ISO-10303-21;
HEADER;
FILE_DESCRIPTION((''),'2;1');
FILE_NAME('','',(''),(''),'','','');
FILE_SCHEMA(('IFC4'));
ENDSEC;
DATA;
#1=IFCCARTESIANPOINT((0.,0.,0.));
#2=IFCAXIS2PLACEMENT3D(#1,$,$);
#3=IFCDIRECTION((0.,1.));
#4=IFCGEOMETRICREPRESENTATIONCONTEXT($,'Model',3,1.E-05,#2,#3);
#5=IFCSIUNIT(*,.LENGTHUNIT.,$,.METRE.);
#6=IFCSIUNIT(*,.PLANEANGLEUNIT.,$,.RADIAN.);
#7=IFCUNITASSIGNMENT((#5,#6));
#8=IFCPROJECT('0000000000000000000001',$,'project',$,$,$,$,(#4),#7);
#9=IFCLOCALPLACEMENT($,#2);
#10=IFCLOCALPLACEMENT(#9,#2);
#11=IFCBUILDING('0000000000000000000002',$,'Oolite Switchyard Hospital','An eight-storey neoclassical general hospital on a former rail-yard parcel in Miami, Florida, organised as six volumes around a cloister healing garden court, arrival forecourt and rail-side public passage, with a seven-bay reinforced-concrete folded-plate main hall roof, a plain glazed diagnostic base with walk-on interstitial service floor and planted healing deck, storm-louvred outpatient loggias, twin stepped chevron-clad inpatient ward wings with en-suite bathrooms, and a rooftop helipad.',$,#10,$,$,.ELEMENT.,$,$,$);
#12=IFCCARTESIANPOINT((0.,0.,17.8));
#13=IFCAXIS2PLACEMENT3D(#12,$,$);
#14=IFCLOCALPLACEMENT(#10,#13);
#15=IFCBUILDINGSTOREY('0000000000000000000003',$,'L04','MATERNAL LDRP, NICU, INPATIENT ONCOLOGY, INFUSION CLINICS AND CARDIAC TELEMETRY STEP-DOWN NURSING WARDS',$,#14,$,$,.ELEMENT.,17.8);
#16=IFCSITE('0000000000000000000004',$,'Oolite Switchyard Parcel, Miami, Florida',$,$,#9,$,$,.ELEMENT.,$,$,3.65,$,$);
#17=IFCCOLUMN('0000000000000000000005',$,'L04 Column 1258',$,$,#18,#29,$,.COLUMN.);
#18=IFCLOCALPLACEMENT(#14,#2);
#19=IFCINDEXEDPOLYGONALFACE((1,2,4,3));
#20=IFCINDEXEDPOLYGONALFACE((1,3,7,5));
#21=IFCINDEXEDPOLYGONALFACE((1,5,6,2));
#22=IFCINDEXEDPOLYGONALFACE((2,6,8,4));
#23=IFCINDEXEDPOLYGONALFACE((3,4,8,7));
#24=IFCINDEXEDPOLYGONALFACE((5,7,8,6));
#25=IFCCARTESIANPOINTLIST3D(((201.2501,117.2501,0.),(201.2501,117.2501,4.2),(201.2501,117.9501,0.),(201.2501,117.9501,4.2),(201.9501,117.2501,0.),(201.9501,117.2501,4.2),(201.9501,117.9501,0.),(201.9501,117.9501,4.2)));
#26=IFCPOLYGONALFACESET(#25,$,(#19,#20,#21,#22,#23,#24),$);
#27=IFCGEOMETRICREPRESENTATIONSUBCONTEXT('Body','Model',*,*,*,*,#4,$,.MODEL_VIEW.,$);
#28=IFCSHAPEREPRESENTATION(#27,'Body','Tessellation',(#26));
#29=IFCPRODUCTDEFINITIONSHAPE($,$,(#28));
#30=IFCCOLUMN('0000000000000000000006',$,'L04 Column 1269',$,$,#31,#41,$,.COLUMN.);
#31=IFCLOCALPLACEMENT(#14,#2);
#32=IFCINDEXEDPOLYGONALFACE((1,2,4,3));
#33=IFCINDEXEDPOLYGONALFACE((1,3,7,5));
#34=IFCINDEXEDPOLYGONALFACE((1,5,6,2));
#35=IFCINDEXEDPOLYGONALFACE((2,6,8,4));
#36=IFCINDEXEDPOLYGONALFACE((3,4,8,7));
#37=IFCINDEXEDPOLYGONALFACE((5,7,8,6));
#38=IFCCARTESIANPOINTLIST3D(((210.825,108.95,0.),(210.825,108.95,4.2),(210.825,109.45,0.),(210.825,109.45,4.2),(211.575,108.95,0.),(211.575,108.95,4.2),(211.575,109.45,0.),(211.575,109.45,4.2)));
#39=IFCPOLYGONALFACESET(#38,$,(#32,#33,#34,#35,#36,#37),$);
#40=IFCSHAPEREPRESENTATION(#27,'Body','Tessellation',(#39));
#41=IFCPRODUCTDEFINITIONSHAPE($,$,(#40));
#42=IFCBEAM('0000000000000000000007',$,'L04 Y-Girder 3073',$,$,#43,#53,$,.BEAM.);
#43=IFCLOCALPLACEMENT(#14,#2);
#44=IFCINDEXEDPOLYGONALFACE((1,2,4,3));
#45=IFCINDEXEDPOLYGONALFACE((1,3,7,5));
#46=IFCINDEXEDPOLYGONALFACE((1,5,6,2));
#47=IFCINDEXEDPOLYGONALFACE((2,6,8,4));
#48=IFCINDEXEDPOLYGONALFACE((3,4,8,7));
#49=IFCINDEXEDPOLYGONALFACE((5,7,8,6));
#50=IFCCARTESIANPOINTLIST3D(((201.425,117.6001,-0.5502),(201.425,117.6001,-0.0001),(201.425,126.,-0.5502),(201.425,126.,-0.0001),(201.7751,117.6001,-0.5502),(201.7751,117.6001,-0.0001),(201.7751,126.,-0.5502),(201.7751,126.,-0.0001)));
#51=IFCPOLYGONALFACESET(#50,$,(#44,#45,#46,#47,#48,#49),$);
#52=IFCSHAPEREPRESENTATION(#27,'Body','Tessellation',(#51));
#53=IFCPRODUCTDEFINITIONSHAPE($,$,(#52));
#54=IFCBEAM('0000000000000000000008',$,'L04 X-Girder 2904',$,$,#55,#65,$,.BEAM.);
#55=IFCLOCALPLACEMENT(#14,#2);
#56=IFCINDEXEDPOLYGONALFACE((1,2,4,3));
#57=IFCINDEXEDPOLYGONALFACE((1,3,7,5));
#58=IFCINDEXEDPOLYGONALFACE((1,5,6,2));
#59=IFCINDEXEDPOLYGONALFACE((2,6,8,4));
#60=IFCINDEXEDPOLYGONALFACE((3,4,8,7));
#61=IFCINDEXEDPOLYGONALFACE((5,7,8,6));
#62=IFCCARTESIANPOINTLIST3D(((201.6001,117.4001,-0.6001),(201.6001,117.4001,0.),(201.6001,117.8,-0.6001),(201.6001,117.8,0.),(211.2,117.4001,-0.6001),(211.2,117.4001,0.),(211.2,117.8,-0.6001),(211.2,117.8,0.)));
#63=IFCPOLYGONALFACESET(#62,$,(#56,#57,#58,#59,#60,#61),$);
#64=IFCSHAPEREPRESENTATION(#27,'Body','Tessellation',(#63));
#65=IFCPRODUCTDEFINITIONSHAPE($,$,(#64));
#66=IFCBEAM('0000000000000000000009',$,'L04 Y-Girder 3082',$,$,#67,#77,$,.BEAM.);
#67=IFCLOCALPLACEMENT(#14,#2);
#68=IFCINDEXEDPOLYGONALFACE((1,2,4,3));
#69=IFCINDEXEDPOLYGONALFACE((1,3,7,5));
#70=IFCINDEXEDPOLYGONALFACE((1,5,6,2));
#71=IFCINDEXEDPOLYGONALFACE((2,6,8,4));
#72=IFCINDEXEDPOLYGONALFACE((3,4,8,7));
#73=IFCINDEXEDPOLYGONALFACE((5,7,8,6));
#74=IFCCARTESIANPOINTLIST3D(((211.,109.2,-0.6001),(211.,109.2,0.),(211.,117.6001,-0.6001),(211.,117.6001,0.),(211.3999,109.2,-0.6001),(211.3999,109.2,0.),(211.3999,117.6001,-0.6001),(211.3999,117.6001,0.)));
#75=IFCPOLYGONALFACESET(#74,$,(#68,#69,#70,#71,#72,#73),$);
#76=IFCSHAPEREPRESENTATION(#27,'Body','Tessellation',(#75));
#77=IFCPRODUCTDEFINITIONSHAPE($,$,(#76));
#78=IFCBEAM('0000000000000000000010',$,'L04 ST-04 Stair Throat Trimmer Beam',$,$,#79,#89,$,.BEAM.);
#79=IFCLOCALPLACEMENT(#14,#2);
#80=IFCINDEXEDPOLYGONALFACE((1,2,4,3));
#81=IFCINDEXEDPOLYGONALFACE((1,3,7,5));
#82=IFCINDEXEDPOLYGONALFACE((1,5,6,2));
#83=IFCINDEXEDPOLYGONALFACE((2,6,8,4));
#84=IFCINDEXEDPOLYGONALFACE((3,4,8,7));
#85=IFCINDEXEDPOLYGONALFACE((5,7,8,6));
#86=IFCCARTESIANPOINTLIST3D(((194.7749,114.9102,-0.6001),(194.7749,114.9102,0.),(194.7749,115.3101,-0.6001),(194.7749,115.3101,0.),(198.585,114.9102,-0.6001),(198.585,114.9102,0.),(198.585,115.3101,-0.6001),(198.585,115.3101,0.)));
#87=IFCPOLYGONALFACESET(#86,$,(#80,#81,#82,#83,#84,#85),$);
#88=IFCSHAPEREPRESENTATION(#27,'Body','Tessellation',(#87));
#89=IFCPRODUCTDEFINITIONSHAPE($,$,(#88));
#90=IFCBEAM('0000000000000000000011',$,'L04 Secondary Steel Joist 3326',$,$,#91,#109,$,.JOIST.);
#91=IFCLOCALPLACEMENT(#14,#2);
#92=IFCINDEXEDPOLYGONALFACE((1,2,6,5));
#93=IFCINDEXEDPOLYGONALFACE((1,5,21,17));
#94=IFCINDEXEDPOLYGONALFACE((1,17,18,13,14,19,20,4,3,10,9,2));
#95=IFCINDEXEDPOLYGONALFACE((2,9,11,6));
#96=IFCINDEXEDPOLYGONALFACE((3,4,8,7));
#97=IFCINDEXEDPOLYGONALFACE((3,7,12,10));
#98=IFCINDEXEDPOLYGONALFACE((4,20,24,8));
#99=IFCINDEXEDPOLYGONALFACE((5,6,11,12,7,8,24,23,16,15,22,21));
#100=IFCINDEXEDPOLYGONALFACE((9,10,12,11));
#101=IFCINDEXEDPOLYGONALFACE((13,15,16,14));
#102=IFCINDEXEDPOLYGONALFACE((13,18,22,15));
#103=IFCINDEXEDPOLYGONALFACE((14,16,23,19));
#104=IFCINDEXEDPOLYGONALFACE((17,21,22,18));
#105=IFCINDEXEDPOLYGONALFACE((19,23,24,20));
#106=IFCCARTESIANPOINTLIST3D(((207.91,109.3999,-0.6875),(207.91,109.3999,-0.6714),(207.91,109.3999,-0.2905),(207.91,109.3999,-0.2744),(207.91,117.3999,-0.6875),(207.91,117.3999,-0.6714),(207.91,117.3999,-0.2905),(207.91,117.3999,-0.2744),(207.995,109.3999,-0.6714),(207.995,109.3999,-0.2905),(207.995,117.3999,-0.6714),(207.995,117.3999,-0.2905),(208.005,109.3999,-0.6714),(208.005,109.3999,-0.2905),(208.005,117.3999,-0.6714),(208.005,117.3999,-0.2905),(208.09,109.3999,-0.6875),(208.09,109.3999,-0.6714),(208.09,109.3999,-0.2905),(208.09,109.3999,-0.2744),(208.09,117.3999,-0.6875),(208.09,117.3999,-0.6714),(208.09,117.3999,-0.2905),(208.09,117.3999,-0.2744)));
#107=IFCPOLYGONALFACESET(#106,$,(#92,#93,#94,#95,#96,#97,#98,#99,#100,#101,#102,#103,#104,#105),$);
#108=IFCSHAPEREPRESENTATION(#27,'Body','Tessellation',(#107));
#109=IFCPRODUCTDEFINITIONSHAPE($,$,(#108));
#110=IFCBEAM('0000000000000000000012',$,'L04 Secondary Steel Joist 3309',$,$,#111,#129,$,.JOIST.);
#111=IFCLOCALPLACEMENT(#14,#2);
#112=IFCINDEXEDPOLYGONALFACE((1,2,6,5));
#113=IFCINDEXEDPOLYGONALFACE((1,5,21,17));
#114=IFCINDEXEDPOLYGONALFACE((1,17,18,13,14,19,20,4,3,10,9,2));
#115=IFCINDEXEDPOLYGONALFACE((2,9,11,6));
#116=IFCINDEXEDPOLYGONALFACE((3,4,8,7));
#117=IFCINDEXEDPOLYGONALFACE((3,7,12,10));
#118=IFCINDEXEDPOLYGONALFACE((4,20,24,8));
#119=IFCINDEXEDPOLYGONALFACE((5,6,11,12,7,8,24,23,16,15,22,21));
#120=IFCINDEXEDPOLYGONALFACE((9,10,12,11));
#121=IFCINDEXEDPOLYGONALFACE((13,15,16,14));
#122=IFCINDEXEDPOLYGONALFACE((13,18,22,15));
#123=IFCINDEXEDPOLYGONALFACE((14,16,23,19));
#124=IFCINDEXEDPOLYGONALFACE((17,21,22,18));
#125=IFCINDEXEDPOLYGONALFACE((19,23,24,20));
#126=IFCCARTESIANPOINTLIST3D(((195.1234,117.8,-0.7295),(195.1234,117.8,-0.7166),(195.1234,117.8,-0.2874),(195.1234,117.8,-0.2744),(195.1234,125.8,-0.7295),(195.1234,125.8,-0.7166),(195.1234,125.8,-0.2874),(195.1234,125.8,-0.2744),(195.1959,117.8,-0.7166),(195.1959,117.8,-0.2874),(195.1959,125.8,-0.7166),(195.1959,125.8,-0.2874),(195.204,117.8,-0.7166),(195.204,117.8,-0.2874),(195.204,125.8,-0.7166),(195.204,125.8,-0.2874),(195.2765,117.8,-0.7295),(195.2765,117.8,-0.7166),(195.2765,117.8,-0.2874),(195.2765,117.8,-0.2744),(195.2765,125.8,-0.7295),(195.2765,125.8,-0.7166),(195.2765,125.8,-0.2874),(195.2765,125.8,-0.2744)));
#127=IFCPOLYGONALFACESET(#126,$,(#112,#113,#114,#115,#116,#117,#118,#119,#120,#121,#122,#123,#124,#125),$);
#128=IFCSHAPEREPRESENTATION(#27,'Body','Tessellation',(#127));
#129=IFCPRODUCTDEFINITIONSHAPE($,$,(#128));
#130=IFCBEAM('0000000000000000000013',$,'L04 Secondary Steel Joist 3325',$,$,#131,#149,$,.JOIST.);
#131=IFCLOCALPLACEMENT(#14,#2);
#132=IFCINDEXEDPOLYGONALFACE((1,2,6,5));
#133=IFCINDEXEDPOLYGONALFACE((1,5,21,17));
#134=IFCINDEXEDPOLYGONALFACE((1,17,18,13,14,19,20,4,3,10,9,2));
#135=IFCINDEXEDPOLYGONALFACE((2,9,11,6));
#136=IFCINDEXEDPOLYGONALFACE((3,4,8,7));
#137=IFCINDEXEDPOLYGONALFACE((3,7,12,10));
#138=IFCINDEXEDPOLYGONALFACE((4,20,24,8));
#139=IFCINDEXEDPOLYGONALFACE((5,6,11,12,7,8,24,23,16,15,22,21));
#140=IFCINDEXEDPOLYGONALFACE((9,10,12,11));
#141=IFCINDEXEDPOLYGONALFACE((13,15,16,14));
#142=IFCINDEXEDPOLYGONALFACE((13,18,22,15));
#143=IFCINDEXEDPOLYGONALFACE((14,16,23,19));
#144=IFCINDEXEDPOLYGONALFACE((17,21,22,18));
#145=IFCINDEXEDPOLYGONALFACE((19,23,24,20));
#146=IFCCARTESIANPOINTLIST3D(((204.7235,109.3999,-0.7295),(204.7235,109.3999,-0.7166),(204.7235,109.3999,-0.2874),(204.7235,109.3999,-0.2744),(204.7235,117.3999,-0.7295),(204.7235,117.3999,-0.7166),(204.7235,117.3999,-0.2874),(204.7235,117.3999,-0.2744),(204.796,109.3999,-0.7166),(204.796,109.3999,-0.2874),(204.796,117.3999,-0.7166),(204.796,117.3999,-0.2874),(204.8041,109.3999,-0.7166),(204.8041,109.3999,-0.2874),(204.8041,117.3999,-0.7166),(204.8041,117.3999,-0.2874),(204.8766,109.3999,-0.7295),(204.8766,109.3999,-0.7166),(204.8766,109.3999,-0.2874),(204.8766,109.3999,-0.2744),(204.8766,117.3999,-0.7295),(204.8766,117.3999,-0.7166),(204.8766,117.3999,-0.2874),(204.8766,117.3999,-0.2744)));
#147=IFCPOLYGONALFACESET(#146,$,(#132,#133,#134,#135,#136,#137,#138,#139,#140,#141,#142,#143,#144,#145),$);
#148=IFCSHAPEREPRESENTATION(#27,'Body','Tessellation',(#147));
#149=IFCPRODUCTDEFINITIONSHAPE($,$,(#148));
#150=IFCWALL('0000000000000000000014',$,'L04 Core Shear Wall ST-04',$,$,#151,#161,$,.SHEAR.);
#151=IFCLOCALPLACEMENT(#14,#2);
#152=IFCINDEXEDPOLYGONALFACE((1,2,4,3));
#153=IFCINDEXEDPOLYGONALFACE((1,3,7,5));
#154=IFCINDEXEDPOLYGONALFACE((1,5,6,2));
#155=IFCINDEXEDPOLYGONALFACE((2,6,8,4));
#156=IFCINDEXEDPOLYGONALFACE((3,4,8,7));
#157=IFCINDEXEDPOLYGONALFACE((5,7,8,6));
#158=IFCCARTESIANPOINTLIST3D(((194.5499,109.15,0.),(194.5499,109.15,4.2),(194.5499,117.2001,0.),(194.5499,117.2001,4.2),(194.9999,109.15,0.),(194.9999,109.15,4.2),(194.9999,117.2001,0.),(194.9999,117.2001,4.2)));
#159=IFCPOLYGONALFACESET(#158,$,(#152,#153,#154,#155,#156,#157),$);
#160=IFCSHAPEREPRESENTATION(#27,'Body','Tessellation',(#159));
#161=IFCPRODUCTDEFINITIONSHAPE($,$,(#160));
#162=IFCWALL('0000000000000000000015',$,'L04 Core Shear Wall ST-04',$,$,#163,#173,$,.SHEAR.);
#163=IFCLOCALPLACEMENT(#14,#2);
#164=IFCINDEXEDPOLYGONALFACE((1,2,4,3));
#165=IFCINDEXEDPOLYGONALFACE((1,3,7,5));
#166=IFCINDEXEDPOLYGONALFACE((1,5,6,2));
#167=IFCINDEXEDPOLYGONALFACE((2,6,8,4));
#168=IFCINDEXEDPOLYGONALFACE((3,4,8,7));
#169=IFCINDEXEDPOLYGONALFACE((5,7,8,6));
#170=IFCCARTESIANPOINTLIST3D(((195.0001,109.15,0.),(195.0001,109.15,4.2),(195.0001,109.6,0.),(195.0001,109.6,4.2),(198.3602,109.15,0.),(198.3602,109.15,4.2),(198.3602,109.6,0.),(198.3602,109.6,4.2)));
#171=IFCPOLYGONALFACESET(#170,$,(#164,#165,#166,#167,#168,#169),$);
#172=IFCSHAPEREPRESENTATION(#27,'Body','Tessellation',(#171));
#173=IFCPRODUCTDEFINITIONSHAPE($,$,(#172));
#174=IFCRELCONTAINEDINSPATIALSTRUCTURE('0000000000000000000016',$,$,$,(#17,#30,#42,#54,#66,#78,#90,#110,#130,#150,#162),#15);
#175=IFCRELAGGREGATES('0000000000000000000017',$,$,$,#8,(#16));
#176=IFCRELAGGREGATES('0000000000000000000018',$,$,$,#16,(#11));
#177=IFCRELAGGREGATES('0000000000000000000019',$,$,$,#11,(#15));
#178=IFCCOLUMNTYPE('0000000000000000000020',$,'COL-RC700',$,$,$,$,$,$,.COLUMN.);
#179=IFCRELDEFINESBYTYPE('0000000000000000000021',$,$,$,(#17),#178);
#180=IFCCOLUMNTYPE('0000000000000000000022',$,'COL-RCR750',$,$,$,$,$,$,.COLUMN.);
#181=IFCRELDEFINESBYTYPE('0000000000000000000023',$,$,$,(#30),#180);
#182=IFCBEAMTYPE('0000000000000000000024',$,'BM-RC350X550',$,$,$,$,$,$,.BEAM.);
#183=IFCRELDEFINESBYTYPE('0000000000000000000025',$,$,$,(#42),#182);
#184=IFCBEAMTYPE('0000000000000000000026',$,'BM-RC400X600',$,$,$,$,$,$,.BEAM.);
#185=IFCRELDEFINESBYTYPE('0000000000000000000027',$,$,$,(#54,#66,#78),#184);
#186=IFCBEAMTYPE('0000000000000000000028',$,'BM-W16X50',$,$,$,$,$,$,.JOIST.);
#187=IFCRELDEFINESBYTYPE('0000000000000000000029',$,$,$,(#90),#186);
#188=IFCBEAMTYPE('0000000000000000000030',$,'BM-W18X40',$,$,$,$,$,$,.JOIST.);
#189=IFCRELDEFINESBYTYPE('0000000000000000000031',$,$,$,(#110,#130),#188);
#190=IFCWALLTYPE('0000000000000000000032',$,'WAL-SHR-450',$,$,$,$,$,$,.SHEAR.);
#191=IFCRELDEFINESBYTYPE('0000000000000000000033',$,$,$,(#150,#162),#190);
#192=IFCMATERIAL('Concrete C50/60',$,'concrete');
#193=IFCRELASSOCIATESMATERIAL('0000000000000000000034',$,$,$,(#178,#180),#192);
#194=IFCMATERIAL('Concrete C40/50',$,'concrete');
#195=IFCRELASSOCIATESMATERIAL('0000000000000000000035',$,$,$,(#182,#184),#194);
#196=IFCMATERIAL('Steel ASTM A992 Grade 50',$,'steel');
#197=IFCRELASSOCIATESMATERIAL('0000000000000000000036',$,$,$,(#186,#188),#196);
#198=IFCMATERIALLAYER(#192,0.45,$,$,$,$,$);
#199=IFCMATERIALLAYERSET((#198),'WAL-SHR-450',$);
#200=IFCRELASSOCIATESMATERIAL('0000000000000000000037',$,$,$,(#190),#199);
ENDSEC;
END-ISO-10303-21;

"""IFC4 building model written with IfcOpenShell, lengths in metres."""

from ifc_helpers import new_model, si_unit, direction, frame, frame_2d, origin, origin_2d, place, context, subcontext, project, spatial, rectangle, i_section, extrude, material, layer, layer_set, material_profile, profile_set, type_object, element, save


model = new_model("IFC4")

# Units and contexts
model_context = context("Model", 3, precision=1e-05, world=origin(), true_north=direction((0.0, 1.0)))
body_context = subcontext(model_context, "Body", "Model", "MODEL_VIEW")
ifc_project = project(units=[si_unit("LENGTHUNIT", "METRE"), si_unit("PLANEANGLEUNIT", "RADIAN")], contexts=[model_context])

# Site, building, storey
site_placement = place(None, origin())
site = spatial("IfcSite", under=ifc_project, at=site_placement, Name="Oolite Switchyard Parcel, Miami, Florida", CompositionType="ELEMENT", RefElevation=3.65)
building_placement = place(site_placement, origin())
building = spatial("IfcBuilding", under=site, at=building_placement, Name="Oolite Switchyard Hospital", Description="An eight-storey neoclassical general hospital on a former rail-yard parcel in Miami, Florida, organised as six volumes around a cloister healing garden court, arrival forecourt and rail-side public passage, with a seven-bay reinforced-concrete folded-plate main hall roof, a plain glazed diagnostic base with walk-on interstitial service floor and planted healing deck, storm-louvred outpatient loggias, twin stepped chevron-clad inpatient ward wings with en-suite bathrooms, and a rooftop helipad.", CompositionType="ELEMENT")
storey_placement = place(building_placement, frame((0.0, 0.0, 17.8)))
storey = spatial("IfcBuildingStorey", under=building, at=storey_placement, Name="L04", Description="MATERNAL LDRP, NICU, INPATIENT ONCOLOGY, INFUSION CLINICS AND CARDIAC TELEMETRY STEP-DOWN NURSING WARDS", CompositionType="ELEMENT", Elevation=17.8)

# Columns
ifc_material_1 = material(Name="Concrete C50/60", Category="concrete")
ifc_material_profile_1 = material_profile(ifc_material_1, rectangle(XDim=0.7, YDim=0.7, at=origin_2d()), Name="RC700X700")
ifc_profile_set_1 = profile_set([ifc_material_profile_1], Name="Concrete C50/60")
column_type_1 = type_object("IfcColumnType", Name="COL-RC700", PredefinedType="COLUMN", material=ifc_profile_set_1)
column_1_placement = place(storey_placement, frame((201.6001, 117.6001, 0.0), z_axis=(0.0, 0.0, 1.0), x_axis=(1.0, 0.0, 0.0)))
element("IfcColumn", 1, at=column_1_placement, inside=storey, type_object=column_type_1, Name="L04 Column 1258", PredefinedType="COLUMN", context=body_context, shape_type="SweptSolid", body=[
    extrude(rectangle(XDim=0.7, YDim=0.7, at=origin_2d()), origin(), (0.0, 0.0, 1.0), 4.2),
])
ifc_material_profile_2 = material_profile(ifc_material_1, rectangle(XDim=0.75, YDim=0.5, at=origin_2d()), Name="RC750X500")
ifc_profile_set_2 = profile_set([ifc_material_profile_2], Name="Concrete C50/60")
column_type_2 = type_object("IfcColumnType", Name="COL-RCR750", PredefinedType="COLUMN", material=ifc_profile_set_2)
column_2_placement = place(storey_placement, frame((211.2, 109.2, 0.0), z_axis=(0.0, 0.0, 1.0), x_axis=(1.0, 0.0, 0.0)))
element("IfcColumn", 2, at=column_2_placement, inside=storey, type_object=column_type_2, Name="L04 Column 1269", PredefinedType="COLUMN", context=body_context, shape_type="SweptSolid", body=[
    extrude(rectangle(XDim=0.75, YDim=0.5, at=origin_2d()), origin(), (0.0, 0.0, 1.0), 4.2),
])

# Beams
ifc_material_2 = material(Name="Concrete C40/50", Category="concrete")
ifc_material_profile_3 = material_profile(ifc_material_2, rectangle(XDim=0.3501, YDim=0.55, at=origin_2d()), Name="RCB350X550")
ifc_profile_set_3 = profile_set([ifc_material_profile_3], Name="Concrete C40/50")
beam_type_1 = type_object("IfcBeamType", Name="BM-RC350X550", PredefinedType="BEAM", material=ifc_profile_set_3)
beam_1_placement = place(storey_placement, frame((201.6001, 117.6001, -0.2751), z_axis=(0.0, 1.0, 0.0), x_axis=(-1.0, 0.0, 0.0)))
element("IfcBeam", 3, at=beam_1_placement, inside=storey, type_object=beam_type_1, Name="L04 Y-Girder 3073", PredefinedType="BEAM", context=body_context, shape_type="SweptSolid", body=[
    extrude(rectangle(XDim=0.3501, YDim=0.55, at=origin_2d()), origin(), (0.0, 0.0, 1.0), 8.3999),
])
ifc_material_profile_4 = material_profile(ifc_material_2, rectangle(XDim=0.3999, YDim=0.6001, at=origin_2d()), Name="RCB400X600")
ifc_profile_set_4 = profile_set([ifc_material_profile_4], Name="Concrete C40/50")
beam_type_2 = type_object("IfcBeamType", Name="BM-RC400X600", PredefinedType="BEAM", material=ifc_profile_set_4)
beam_2_placement = place(storey_placement, frame((201.6001, 117.6001, -0.3), z_axis=(1.0, 0.0, 0.0), x_axis=(0.0, 1.0, 0.0)))
element("IfcBeam", 4, at=beam_2_placement, inside=storey, type_object=beam_type_2, Name="L04 X-Girder 2904", PredefinedType="BEAM", context=body_context, shape_type="SweptSolid", body=[
    extrude(rectangle(XDim=0.3999, YDim=0.6001, at=origin_2d()), origin(), (0.0, 0.0, 1.0), 9.5999),
])
beam_3_placement = place(storey_placement, frame((211.2, 109.2, -0.3), z_axis=(0.0, 1.0, 0.0), x_axis=(-1.0, 0.0, 0.0)))
element("IfcBeam", 5, at=beam_3_placement, inside=storey, type_object=beam_type_2, Name="L04 Y-Girder 3082", PredefinedType="BEAM", context=body_context, shape_type="SweptSolid", body=[
    extrude(rectangle(XDim=0.3999, YDim=0.6001, at=origin_2d()), origin(), (0.0, 0.0, 1.0), 8.4001),
])
beam_4_placement = place(storey_placement, frame((194.7749, 115.1101, -0.3), z_axis=(1.0, 0.0, 0.0), x_axis=(0.0, 1.0, 0.0)))
element("IfcBeam", 6, at=beam_4_placement, inside=storey, type_object=beam_type_2, Name="L04 ST-04 Stair Throat Trimmer Beam", PredefinedType="BEAM", context=body_context, shape_type="SweptSolid", body=[
    extrude(rectangle(XDim=0.3999, YDim=0.6001, at=origin_2d()), origin(), (0.0, 0.0, 1.0), 3.8101),
])
ifc_material_3 = material(Name="Steel ASTM A992 Grade 50", Category="steel")
ifc_material_profile_5 = material_profile(ifc_material_3, i_section(OverallWidth=0.1799, OverallDepth=0.4131, WebThickness=0.01, FlangeThickness=0.0161, at=origin_2d()), Name="W16X50")
ifc_profile_set_5 = profile_set([ifc_material_profile_5], Name="Steel ASTM A992 Grade 50")
beam_type_3 = type_object("IfcBeamType", Name="BM-W16X50", PredefinedType="JOIST", material=ifc_profile_set_5)
beam_5_placement = place(storey_placement, frame((208.0, 109.3999, -0.481), z_axis=(0.0, 1.0, 0.0), x_axis=(-1.0, 0.0, 0.0)))
element("IfcBeam", 7, at=beam_5_placement, inside=storey, type_object=beam_type_3, Name="L04 Secondary Steel Joist 3326", PredefinedType="JOIST", context=body_context, shape_type="SweptSolid", body=[
    extrude(i_section(OverallWidth=0.1799, OverallDepth=0.4131, WebThickness=0.01, FlangeThickness=0.0161, at=origin_2d()), origin(), (0.0, 0.0, 1.0), 8.0),
])
ifc_material_profile_6 = material_profile(ifc_material_3, i_section(OverallWidth=0.1531, OverallDepth=0.4551, WebThickness=0.0081, FlangeThickness=0.0129, at=origin_2d()), Name="W18X40")
ifc_profile_set_6 = profile_set([ifc_material_profile_6], Name="Steel ASTM A992 Grade 50")
beam_type_4 = type_object("IfcBeamType", Name="BM-W18X40", PredefinedType="JOIST", material=ifc_profile_set_6)
for number, where, z_axis, x_axis, name in (
    (8, (195.2, 117.8, -0.502), (0.0, 1.0, 0.0), (-1.0, 0.0, 0.0), "L04 Secondary Steel Joist 3309"),
    (9, (204.8, 109.3999, -0.502), (0.0, 1.0, 0.0), (-1.0, 0.0, 0.0), "L04 Secondary Steel Joist 3325"),
):
    element("IfcBeam", number, at=place(storey_placement, frame(where, z_axis=z_axis, x_axis=x_axis)), inside=storey, type_object=beam_type_4, Name=name, PredefinedType="JOIST", context=body_context, shape_type="SweptSolid", body=[
        extrude(i_section(OverallWidth=0.1531, OverallDepth=0.4551, WebThickness=0.0081, FlangeThickness=0.0129, at=origin_2d()), origin(), (0.0, 0.0, 1.0), 8.0),
    ])

# Walls
ifc_layer = layer(ifc_material_1, 0.45)
ifc_layer_set = layer_set([ifc_layer], Name="WAL-SHR-450")
wall_type = type_object("IfcWallType", Name="WAL-SHR-450", PredefinedType="SHEAR", material=ifc_layer_set)
wall_1_placement = place(storey_placement, frame((194.7749, 117.2, 0.0), z_axis=(0.0, 0.0, 1.0), x_axis=(0.0, -1.0, 0.0)))
element("IfcWall", 10, at=wall_1_placement, inside=storey, type_object=wall_type, Name="L04 Core Shear Wall ST-04", PredefinedType="SHEAR", context=body_context, shape_type="SweptSolid", body=[
    extrude(rectangle(XDim=8.05, YDim=0.45, at=frame_2d((4.0249, 0.0))), origin(), (0.0, 0.0, 1.0), 4.2),
])
wall_2_placement = place(storey_placement, frame((195.0, 109.375, 0.0), z_axis=(0.0, 0.0, 1.0), x_axis=(1.0, 0.0, 0.0)))
element("IfcWall", 11, at=wall_2_placement, inside=storey, type_object=wall_type, Name="L04 Core Shear Wall ST-04", PredefinedType="SHEAR", context=body_context, shape_type="SweptSolid", body=[
    extrude(rectangle(XDim=3.3601, YDim=0.45, at=frame_2d((1.6802, 0.0))), origin(), (0.0, 0.0, 1.0), 4.2),
])

save(model, "model.ifc")
